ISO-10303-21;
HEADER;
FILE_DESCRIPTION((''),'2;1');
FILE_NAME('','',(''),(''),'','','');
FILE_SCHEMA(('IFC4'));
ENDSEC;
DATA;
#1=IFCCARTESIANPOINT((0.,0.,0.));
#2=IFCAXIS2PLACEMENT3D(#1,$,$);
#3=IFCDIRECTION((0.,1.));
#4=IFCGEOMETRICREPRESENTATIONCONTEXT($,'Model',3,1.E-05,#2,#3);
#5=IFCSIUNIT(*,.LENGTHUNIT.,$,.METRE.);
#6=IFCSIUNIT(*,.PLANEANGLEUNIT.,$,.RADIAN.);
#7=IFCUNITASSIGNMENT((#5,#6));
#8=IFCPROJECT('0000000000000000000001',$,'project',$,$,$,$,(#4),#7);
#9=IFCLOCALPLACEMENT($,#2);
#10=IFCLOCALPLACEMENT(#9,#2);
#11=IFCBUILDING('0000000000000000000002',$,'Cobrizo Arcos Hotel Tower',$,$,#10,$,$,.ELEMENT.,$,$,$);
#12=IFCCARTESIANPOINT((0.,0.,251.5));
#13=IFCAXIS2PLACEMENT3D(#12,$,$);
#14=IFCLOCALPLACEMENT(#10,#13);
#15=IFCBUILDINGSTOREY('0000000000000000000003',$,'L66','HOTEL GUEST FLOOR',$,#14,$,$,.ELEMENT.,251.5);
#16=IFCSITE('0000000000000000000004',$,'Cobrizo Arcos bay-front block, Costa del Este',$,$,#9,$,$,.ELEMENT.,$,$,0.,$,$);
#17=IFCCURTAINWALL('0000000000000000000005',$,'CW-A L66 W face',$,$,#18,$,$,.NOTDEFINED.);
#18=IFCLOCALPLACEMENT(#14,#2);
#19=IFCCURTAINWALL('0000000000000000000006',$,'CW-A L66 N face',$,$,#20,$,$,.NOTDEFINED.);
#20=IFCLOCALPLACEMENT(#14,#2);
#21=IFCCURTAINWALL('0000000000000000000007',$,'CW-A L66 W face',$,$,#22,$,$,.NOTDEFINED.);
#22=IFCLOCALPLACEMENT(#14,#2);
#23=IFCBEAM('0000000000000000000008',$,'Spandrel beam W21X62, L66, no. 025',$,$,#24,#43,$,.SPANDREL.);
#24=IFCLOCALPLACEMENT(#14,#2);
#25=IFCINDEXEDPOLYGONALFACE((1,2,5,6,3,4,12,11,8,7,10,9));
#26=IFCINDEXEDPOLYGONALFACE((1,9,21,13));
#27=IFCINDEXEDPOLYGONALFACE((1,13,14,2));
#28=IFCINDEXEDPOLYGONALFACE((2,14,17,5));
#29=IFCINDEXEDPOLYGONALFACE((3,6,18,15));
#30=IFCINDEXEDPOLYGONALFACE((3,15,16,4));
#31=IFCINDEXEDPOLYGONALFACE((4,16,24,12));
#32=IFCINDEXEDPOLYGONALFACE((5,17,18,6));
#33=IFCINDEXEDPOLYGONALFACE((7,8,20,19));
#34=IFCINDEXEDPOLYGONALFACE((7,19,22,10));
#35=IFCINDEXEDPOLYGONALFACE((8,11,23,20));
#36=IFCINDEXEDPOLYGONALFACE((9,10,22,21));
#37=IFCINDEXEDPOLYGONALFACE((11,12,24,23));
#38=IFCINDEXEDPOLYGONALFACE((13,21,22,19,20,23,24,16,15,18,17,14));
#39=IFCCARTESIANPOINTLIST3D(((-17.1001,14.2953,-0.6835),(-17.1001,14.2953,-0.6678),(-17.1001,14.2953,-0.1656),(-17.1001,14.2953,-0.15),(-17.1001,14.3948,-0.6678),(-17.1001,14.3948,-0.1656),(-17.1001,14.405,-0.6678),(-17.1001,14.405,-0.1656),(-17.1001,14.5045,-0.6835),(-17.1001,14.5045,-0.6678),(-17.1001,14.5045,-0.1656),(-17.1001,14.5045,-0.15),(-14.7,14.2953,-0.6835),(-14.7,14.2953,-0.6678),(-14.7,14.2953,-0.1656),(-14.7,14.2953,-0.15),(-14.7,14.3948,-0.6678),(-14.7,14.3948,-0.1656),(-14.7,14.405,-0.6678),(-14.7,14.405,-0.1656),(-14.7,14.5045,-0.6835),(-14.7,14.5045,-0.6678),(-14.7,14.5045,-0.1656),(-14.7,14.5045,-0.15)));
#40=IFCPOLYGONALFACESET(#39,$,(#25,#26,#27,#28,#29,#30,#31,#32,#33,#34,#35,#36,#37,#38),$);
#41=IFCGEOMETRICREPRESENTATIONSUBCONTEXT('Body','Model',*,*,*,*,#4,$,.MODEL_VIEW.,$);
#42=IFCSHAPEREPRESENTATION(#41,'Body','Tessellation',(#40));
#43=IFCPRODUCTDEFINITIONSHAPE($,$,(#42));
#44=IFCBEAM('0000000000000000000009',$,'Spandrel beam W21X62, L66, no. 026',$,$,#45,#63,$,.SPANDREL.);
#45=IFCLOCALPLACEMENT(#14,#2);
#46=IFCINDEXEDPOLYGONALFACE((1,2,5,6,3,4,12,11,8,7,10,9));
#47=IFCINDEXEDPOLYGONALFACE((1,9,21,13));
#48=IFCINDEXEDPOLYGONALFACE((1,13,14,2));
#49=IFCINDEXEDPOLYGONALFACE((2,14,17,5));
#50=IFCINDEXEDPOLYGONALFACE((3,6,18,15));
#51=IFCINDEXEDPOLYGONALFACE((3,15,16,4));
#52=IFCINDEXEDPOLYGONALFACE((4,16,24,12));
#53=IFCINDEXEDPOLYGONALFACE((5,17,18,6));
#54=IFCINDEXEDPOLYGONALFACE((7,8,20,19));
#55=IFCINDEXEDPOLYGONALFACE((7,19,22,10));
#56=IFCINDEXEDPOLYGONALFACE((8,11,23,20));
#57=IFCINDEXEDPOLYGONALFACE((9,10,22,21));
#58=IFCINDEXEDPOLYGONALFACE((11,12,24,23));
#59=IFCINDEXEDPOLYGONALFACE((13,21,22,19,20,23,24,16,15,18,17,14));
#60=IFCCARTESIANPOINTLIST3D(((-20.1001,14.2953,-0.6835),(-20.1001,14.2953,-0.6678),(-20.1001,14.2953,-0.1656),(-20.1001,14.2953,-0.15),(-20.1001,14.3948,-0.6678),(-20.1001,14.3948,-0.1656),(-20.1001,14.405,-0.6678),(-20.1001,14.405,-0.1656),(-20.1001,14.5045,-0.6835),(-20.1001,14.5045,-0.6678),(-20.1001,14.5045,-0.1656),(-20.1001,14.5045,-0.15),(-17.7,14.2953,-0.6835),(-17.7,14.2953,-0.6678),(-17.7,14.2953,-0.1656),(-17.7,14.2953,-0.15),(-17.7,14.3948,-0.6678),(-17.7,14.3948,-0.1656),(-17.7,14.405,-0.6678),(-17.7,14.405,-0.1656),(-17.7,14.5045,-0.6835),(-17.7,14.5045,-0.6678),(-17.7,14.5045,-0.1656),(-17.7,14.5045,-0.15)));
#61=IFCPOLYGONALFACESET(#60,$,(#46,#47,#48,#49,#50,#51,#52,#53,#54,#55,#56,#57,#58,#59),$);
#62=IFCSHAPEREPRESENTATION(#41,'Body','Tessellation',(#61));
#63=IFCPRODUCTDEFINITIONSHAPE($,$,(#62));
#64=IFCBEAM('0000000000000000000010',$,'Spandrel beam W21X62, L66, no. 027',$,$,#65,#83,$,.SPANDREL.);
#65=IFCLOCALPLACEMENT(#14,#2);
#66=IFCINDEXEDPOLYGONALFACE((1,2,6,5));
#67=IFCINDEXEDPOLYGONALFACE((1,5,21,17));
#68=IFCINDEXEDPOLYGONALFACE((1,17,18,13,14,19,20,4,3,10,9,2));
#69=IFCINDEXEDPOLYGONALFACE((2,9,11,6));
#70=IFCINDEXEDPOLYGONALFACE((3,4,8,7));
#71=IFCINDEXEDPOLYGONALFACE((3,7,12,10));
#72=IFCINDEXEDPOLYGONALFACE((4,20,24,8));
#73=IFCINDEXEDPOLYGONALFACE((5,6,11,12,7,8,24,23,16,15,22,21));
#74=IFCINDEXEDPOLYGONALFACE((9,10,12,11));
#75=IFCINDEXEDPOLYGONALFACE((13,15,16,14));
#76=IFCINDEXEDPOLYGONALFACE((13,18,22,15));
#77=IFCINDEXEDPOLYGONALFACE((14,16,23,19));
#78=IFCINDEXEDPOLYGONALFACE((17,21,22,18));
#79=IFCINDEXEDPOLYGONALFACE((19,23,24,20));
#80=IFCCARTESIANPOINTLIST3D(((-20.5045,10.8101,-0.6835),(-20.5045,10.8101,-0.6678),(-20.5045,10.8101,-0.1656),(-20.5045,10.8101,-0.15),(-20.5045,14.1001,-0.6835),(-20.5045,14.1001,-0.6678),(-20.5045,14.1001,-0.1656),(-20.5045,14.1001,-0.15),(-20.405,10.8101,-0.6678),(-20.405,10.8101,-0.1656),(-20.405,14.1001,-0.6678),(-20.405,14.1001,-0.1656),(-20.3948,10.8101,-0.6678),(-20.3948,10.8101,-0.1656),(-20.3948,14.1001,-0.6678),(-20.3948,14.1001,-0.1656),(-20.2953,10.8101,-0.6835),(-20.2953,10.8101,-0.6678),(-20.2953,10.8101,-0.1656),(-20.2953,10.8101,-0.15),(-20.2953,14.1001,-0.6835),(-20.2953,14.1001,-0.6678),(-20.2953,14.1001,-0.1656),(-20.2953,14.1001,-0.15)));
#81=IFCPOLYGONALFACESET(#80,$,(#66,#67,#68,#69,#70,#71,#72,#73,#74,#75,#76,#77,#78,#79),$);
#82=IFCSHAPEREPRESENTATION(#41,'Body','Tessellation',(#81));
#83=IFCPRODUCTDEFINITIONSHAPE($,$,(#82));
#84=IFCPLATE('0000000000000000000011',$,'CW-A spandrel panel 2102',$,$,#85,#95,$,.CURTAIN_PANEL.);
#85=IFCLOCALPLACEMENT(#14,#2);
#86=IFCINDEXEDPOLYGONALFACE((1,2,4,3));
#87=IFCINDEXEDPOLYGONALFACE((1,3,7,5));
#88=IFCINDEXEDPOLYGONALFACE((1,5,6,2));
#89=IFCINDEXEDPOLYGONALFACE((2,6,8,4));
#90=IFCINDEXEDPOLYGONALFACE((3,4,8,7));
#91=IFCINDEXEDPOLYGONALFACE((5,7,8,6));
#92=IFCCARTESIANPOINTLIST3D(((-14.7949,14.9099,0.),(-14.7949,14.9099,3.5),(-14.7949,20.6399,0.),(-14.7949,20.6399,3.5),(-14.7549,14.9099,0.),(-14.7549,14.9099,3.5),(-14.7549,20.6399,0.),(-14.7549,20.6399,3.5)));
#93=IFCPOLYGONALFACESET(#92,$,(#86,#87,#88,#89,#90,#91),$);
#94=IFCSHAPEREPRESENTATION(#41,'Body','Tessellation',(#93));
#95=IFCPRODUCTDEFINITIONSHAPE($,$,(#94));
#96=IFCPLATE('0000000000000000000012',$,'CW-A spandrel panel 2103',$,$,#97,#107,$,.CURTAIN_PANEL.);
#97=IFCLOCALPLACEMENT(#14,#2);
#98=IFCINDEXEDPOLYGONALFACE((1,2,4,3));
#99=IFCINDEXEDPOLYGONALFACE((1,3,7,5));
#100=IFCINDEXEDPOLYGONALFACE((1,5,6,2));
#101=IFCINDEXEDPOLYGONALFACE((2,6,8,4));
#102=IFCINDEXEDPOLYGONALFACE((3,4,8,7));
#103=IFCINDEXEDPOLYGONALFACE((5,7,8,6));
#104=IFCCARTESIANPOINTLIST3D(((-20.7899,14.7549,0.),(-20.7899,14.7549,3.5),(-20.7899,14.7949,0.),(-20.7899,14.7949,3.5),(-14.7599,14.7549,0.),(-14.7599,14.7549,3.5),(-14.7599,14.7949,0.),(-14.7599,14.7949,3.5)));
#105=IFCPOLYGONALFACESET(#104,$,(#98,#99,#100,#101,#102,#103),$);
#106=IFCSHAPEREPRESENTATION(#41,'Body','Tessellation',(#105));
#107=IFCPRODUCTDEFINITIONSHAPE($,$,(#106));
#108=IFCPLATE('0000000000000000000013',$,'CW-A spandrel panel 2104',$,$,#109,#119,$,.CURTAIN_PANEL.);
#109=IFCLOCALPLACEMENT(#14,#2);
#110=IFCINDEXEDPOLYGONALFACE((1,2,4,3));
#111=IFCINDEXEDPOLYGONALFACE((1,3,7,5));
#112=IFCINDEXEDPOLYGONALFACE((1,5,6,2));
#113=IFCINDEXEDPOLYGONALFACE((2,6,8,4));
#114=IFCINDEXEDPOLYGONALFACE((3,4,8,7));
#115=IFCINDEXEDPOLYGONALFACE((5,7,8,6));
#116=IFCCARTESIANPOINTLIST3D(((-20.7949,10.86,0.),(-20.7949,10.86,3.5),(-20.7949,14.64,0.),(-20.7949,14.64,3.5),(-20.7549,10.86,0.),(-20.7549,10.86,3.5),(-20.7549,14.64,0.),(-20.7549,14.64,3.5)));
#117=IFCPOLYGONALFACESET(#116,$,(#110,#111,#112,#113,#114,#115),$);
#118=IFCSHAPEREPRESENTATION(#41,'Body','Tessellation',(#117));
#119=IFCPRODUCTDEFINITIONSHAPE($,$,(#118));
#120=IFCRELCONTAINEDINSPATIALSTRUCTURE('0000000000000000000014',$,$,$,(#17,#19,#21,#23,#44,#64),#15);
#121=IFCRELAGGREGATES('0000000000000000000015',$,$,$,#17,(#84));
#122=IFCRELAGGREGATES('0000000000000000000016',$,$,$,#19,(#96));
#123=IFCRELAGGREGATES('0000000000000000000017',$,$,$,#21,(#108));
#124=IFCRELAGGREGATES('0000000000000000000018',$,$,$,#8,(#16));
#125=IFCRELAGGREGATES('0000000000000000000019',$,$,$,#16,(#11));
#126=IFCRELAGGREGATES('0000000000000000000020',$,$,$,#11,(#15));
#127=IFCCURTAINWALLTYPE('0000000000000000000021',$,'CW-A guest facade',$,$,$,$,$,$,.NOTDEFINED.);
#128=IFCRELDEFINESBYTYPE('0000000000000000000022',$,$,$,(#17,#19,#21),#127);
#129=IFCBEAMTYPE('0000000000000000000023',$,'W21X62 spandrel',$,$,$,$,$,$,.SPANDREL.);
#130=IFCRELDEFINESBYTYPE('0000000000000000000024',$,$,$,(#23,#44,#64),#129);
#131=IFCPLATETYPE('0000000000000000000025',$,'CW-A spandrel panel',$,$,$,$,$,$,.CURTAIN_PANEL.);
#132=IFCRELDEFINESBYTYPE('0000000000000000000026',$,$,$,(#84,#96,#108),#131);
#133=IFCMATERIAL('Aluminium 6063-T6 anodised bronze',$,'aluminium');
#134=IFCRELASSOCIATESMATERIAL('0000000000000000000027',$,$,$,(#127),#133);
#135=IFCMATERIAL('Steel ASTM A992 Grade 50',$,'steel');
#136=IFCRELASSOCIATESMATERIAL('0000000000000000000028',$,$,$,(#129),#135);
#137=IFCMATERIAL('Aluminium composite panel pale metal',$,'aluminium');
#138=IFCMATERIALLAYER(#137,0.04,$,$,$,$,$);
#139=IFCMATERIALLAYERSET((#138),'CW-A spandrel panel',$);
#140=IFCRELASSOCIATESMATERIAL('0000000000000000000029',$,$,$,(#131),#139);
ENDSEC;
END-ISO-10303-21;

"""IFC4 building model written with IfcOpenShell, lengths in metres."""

from ifc_helpers import new_model, si_unit, direction, frame, origin, origin_2d, place, context, subcontext, project, spatial, rectangle, i_section, extrude, material, layer, layer_set, material_profile, profile_set, type_object, element, aggregate, save


model = new_model("IFC4")

# Units and contexts
model_context = context("Model", 3, precision=1e-05, world=origin(), true_north=direction((0.0, 1.0)))
body_context = subcontext(model_context, "Body", "Model", "MODEL_VIEW")
ifc_project = project(units=[si_unit("LENGTHUNIT", "METRE"), si_unit("PLANEANGLEUNIT", "RADIAN")], contexts=[model_context])

# Site, building, storey
site_placement = place(None, origin())
site = spatial("IfcSite", under=ifc_project, at=site_placement, Name="Cobrizo Arcos bay-front block, Costa del Este", CompositionType="ELEMENT", RefElevation=0.0)
building_placement = place(site_placement, origin())
building = spatial("IfcBuilding", under=site, at=building_placement, Name="Cobrizo Arcos Hotel Tower", CompositionType="ELEMENT")
storey_placement = place(building_placement, frame((0.0, 0.0, 251.5)))
storey = spatial("IfcBuildingStorey", under=building, at=storey_placement, Name="L66", Description="HOTEL GUEST FLOOR", CompositionType="ELEMENT", Elevation=251.5)

# Shared definitions
ifc_material_1 = material(Name="Aluminium 6063-T6 anodised bronze", Category="aluminium")
curtain_wall_type = type_object("IfcCurtainWallType", Name="CW-A guest facade", PredefinedType="NOTDEFINED", material=ifc_material_1)

# Curtain walls
curtain_wall_1_placement = place(storey_placement, origin())
curtain_wall_1 = element("IfcCurtainWall", 1, at=curtain_wall_1_placement, inside=storey, type_object=curtain_wall_type, Name="CW-A L66 W face", PredefinedType="NOTDEFINED")
curtain_wall_2_placement = place(storey_placement, origin())
curtain_wall_2 = element("IfcCurtainWall", 2, at=curtain_wall_2_placement, inside=storey, type_object=curtain_wall_type, Name="CW-A L66 N face", PredefinedType="NOTDEFINED")

# Curtain wall
curtain_wall_3_placement = place(storey_placement, origin())
curtain_wall_3 = element("IfcCurtainWall", 3, at=curtain_wall_3_placement, inside=storey, type_object=curtain_wall_type, Name="CW-A L66 W face", PredefinedType="NOTDEFINED")

# Beams
ifc_material_2 = material(Name="Steel ASTM A992 Grade 50", Category="steel")
ifc_material_profile_1 = material_profile(ifc_material_2, i_section(OverallWidth=0.2092, OverallDepth=0.5334, WebThickness=0.0103, FlangeThickness=0.0156, at=origin_2d()), Name="W21X62")
ifc_profile_set_1 = profile_set([ifc_material_profile_1], Name="Steel ASTM A992 Grade 50")
beam_type = type_object("IfcBeamType", Name="W21X62 spandrel", PredefinedType="SPANDREL", material=ifc_profile_set_1)
for number, where, z_axis, x_axis, name in (
    (4, (-14.7, 14.3999, -0.4167), (-1.0, 0.0, 0.0), (0.0, -1.0, 0.0), "Spandrel beam W21X62, L66, no. 025"),
    (5, (-17.7, 14.3999, -0.4167), (-1.0, 0.0, 0.0), (0.0, -1.0, 0.0), "Spandrel beam W21X62, L66, no. 026"),
):
    element("IfcBeam", number, at=place(storey_placement, frame(where, z_axis=z_axis, x_axis=x_axis)), inside=storey, type_object=beam_type, Name=name, PredefinedType="SPANDREL", context=body_context, shape_type="SweptSolid", body=[
        extrude(i_section(OverallWidth=0.2092, OverallDepth=0.5334, WebThickness=0.0103, FlangeThickness=0.0156, at=origin_2d()), origin(), (0.0, 0.0, 1.0), 2.4001),
    ])
beam_placement = place(storey_placement, frame((-20.3999, 14.1001, -0.4167), z_axis=(0.0, -1.0, 0.0), x_axis=(1.0, 0.0, 0.0)))
element("IfcBeam", 6, at=beam_placement, inside=storey, type_object=beam_type, Name="Spandrel beam W21X62, L66, no. 027", PredefinedType="SPANDREL", context=body_context, shape_type="SweptSolid", body=[
    extrude(i_section(OverallWidth=0.2092, OverallDepth=0.5334, WebThickness=0.0103, FlangeThickness=0.0156, at=origin_2d()), origin(), (0.0, 0.0, 1.0), 3.29),
])

# Plates
ifc_material_3 = material(Name="Aluminium composite panel pale metal", Category="aluminium")
ifc_layer_1 = layer(ifc_material_3, 0.04)
ifc_layer_set_1 = layer_set([ifc_layer_1], Name="CW-A spandrel panel")
plate_type = type_object("IfcPlateType", Name="CW-A spandrel panel", PredefinedType="CURTAIN_PANEL", material=ifc_layer_set_1)
plate_1_placement = place(storey_placement, frame((-14.7749, 17.7749, 0.0), z_axis=(0.0, 0.0, 1.0), x_axis=(0.0, -1.0, 0.0)))
plate_1 = element("IfcPlate", 7, at=plate_1_placement, type_object=plate_type, Name="CW-A spandrel panel 2102", PredefinedType="CURTAIN_PANEL", context=body_context, shape_type="SweptSolid", body=[
    extrude(rectangle(XDim=5.73, YDim=0.04, at=origin_2d()), origin(), (0.0, 0.0, 1.0), 3.5),
])
aggregate(curtain_wall_1, [plate_1])
plate_2_placement = place(storey_placement, frame((-17.7749, 14.7749, 0.0), z_axis=(0.0, 0.0, 1.0), x_axis=(-1.0, 0.0, 0.0)))
plate_2 = element("IfcPlate", 8, at=plate_2_placement, type_object=plate_type, Name="CW-A spandrel panel 2103", PredefinedType="CURTAIN_PANEL", context=body_context, shape_type="SweptSolid", body=[
    extrude(rectangle(XDim=6.03, YDim=0.04, at=origin_2d()), origin(), (0.0, 0.0, 1.0), 3.5),
])
aggregate(curtain_wall_2, [plate_2])
plate_3_placement = place(storey_placement, frame((-20.7749, 12.75, 0.0), z_axis=(0.0, 0.0, 1.0), x_axis=(0.0, -1.0, 0.0)))
plate_3 = element("IfcPlate", 9, at=plate_3_placement, type_object=plate_type, Name="CW-A spandrel panel 2104", PredefinedType="CURTAIN_PANEL", context=body_context, shape_type="SweptSolid", body=[
    extrude(rectangle(XDim=3.78, YDim=0.04, at=origin_2d()), origin(), (0.0, 0.0, 1.0), 3.5),
])
aggregate(curtain_wall_3, [plate_3])

save(model, "model.ifc")
